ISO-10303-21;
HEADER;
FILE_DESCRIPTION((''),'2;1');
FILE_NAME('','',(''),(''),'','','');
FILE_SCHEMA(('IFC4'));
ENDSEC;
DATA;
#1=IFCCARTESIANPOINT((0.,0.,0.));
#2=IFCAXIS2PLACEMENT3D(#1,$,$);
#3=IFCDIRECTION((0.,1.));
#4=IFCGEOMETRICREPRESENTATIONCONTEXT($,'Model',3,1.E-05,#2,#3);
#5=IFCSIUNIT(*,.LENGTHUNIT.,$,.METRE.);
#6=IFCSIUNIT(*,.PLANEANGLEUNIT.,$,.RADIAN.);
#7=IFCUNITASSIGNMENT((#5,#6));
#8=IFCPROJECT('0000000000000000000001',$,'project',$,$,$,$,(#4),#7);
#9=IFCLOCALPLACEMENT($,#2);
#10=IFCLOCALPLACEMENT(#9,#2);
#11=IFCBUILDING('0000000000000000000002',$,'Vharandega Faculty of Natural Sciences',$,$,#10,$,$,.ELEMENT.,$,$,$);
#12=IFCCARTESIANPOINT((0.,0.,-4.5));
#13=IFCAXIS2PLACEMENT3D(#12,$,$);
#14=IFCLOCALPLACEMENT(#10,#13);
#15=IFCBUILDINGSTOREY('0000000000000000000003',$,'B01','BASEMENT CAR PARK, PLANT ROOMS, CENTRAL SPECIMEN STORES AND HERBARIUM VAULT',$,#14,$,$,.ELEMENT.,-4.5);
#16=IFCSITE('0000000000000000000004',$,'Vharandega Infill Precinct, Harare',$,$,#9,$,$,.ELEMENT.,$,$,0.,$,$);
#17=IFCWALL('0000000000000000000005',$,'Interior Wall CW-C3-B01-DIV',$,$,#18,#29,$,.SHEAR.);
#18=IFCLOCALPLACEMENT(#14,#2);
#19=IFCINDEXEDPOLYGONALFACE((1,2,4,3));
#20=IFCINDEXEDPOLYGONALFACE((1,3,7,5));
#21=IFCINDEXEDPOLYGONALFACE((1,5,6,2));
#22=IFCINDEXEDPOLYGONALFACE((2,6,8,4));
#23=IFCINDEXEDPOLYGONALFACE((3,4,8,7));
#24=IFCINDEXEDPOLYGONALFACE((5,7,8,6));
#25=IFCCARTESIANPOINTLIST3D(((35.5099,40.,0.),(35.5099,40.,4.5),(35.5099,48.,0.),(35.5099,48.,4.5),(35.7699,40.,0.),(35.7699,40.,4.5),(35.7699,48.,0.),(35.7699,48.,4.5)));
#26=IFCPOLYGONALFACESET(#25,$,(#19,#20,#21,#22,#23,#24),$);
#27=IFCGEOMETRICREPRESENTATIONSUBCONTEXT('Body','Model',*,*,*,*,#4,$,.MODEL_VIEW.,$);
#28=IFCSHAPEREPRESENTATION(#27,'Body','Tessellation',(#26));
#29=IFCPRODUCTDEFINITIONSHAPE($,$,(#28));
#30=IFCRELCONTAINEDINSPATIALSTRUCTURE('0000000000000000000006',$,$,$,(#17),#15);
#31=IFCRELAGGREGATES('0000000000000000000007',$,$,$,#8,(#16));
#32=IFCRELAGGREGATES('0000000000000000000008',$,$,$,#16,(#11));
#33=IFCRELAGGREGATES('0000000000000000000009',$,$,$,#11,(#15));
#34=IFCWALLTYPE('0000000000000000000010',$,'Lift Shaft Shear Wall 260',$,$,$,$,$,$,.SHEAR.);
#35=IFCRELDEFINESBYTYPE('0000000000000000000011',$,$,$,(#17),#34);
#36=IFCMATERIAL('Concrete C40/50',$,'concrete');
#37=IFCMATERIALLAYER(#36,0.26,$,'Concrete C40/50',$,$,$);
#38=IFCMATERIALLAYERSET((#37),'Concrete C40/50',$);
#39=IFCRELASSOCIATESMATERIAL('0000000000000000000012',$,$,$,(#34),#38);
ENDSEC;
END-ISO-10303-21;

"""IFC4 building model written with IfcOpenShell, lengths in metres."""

from ifc_helpers import new_model, si_unit, direction, frame, frame_2d, origin, place, context, subcontext, project, spatial, rectangle, extrude, material, layer, layer_set, type_object, element, save


model = new_model("IFC4")

# Units and contexts
model_context = context("Model", 3, precision=1e-05, world=origin(), true_north=direction((0.0, 1.0)))
body_context = subcontext(model_context, "Body", "Model", "MODEL_VIEW")
ifc_project = project(units=[si_unit("LENGTHUNIT", "METRE"), si_unit("PLANEANGLEUNIT", "RADIAN")], contexts=[model_context])

# Site, building, storey
site_placement = place(None, origin())
site = spatial("IfcSite", under=ifc_project, at=site_placement, Name="Vharandega Infill Precinct, Harare", CompositionType="ELEMENT", RefElevation=0.0)
building_placement = place(site_placement, origin())
building = spatial("IfcBuilding", under=site, at=building_placement, Name="Vharandega Faculty of Natural Sciences", CompositionType="ELEMENT")
storey_placement = place(building_placement, frame((0.0, 0.0, -4.5)))
storey = spatial("IfcBuildingStorey", under=building, at=storey_placement, Name="B01", Description="BASEMENT CAR PARK, PLANT ROOMS, CENTRAL SPECIMEN STORES AND HERBARIUM VAULT", CompositionType="ELEMENT", Elevation=-4.5)

# Wall
ifc_material_1 = material(Name="Concrete C40/50", Category="concrete")
ifc_layer_1 = layer(ifc_material_1, 0.26, Name="Concrete C40/50")
ifc_layer_set_1 = layer_set([ifc_layer_1], Name="Concrete C40/50")
wall_type_1 = type_object("IfcWallType", Name="Lift Shaft Shear Wall 260", PredefinedType="SHEAR", material=ifc_layer_set_1)
wall_placement = place(storey_placement, frame((35.6399, 40.0, 0.0), z_axis=(0.0, 0.0, 1.0), x_axis=(0.0, 1.0, 0.0)))
element("IfcWall", 1, at=wall_placement, inside=storey, type_object=wall_type_1, Name="Interior Wall CW-C3-B01-DIV", PredefinedType="SHEAR", context=body_context, shape_type="SweptSolid", body=[
    extrude(rectangle(XDim=8.0, YDim=0.26, at=frame_2d((4.0, 0.0))), origin(), (0.0, 0.0, 1.0), 4.5),
])

save(model, "model.ifc")
